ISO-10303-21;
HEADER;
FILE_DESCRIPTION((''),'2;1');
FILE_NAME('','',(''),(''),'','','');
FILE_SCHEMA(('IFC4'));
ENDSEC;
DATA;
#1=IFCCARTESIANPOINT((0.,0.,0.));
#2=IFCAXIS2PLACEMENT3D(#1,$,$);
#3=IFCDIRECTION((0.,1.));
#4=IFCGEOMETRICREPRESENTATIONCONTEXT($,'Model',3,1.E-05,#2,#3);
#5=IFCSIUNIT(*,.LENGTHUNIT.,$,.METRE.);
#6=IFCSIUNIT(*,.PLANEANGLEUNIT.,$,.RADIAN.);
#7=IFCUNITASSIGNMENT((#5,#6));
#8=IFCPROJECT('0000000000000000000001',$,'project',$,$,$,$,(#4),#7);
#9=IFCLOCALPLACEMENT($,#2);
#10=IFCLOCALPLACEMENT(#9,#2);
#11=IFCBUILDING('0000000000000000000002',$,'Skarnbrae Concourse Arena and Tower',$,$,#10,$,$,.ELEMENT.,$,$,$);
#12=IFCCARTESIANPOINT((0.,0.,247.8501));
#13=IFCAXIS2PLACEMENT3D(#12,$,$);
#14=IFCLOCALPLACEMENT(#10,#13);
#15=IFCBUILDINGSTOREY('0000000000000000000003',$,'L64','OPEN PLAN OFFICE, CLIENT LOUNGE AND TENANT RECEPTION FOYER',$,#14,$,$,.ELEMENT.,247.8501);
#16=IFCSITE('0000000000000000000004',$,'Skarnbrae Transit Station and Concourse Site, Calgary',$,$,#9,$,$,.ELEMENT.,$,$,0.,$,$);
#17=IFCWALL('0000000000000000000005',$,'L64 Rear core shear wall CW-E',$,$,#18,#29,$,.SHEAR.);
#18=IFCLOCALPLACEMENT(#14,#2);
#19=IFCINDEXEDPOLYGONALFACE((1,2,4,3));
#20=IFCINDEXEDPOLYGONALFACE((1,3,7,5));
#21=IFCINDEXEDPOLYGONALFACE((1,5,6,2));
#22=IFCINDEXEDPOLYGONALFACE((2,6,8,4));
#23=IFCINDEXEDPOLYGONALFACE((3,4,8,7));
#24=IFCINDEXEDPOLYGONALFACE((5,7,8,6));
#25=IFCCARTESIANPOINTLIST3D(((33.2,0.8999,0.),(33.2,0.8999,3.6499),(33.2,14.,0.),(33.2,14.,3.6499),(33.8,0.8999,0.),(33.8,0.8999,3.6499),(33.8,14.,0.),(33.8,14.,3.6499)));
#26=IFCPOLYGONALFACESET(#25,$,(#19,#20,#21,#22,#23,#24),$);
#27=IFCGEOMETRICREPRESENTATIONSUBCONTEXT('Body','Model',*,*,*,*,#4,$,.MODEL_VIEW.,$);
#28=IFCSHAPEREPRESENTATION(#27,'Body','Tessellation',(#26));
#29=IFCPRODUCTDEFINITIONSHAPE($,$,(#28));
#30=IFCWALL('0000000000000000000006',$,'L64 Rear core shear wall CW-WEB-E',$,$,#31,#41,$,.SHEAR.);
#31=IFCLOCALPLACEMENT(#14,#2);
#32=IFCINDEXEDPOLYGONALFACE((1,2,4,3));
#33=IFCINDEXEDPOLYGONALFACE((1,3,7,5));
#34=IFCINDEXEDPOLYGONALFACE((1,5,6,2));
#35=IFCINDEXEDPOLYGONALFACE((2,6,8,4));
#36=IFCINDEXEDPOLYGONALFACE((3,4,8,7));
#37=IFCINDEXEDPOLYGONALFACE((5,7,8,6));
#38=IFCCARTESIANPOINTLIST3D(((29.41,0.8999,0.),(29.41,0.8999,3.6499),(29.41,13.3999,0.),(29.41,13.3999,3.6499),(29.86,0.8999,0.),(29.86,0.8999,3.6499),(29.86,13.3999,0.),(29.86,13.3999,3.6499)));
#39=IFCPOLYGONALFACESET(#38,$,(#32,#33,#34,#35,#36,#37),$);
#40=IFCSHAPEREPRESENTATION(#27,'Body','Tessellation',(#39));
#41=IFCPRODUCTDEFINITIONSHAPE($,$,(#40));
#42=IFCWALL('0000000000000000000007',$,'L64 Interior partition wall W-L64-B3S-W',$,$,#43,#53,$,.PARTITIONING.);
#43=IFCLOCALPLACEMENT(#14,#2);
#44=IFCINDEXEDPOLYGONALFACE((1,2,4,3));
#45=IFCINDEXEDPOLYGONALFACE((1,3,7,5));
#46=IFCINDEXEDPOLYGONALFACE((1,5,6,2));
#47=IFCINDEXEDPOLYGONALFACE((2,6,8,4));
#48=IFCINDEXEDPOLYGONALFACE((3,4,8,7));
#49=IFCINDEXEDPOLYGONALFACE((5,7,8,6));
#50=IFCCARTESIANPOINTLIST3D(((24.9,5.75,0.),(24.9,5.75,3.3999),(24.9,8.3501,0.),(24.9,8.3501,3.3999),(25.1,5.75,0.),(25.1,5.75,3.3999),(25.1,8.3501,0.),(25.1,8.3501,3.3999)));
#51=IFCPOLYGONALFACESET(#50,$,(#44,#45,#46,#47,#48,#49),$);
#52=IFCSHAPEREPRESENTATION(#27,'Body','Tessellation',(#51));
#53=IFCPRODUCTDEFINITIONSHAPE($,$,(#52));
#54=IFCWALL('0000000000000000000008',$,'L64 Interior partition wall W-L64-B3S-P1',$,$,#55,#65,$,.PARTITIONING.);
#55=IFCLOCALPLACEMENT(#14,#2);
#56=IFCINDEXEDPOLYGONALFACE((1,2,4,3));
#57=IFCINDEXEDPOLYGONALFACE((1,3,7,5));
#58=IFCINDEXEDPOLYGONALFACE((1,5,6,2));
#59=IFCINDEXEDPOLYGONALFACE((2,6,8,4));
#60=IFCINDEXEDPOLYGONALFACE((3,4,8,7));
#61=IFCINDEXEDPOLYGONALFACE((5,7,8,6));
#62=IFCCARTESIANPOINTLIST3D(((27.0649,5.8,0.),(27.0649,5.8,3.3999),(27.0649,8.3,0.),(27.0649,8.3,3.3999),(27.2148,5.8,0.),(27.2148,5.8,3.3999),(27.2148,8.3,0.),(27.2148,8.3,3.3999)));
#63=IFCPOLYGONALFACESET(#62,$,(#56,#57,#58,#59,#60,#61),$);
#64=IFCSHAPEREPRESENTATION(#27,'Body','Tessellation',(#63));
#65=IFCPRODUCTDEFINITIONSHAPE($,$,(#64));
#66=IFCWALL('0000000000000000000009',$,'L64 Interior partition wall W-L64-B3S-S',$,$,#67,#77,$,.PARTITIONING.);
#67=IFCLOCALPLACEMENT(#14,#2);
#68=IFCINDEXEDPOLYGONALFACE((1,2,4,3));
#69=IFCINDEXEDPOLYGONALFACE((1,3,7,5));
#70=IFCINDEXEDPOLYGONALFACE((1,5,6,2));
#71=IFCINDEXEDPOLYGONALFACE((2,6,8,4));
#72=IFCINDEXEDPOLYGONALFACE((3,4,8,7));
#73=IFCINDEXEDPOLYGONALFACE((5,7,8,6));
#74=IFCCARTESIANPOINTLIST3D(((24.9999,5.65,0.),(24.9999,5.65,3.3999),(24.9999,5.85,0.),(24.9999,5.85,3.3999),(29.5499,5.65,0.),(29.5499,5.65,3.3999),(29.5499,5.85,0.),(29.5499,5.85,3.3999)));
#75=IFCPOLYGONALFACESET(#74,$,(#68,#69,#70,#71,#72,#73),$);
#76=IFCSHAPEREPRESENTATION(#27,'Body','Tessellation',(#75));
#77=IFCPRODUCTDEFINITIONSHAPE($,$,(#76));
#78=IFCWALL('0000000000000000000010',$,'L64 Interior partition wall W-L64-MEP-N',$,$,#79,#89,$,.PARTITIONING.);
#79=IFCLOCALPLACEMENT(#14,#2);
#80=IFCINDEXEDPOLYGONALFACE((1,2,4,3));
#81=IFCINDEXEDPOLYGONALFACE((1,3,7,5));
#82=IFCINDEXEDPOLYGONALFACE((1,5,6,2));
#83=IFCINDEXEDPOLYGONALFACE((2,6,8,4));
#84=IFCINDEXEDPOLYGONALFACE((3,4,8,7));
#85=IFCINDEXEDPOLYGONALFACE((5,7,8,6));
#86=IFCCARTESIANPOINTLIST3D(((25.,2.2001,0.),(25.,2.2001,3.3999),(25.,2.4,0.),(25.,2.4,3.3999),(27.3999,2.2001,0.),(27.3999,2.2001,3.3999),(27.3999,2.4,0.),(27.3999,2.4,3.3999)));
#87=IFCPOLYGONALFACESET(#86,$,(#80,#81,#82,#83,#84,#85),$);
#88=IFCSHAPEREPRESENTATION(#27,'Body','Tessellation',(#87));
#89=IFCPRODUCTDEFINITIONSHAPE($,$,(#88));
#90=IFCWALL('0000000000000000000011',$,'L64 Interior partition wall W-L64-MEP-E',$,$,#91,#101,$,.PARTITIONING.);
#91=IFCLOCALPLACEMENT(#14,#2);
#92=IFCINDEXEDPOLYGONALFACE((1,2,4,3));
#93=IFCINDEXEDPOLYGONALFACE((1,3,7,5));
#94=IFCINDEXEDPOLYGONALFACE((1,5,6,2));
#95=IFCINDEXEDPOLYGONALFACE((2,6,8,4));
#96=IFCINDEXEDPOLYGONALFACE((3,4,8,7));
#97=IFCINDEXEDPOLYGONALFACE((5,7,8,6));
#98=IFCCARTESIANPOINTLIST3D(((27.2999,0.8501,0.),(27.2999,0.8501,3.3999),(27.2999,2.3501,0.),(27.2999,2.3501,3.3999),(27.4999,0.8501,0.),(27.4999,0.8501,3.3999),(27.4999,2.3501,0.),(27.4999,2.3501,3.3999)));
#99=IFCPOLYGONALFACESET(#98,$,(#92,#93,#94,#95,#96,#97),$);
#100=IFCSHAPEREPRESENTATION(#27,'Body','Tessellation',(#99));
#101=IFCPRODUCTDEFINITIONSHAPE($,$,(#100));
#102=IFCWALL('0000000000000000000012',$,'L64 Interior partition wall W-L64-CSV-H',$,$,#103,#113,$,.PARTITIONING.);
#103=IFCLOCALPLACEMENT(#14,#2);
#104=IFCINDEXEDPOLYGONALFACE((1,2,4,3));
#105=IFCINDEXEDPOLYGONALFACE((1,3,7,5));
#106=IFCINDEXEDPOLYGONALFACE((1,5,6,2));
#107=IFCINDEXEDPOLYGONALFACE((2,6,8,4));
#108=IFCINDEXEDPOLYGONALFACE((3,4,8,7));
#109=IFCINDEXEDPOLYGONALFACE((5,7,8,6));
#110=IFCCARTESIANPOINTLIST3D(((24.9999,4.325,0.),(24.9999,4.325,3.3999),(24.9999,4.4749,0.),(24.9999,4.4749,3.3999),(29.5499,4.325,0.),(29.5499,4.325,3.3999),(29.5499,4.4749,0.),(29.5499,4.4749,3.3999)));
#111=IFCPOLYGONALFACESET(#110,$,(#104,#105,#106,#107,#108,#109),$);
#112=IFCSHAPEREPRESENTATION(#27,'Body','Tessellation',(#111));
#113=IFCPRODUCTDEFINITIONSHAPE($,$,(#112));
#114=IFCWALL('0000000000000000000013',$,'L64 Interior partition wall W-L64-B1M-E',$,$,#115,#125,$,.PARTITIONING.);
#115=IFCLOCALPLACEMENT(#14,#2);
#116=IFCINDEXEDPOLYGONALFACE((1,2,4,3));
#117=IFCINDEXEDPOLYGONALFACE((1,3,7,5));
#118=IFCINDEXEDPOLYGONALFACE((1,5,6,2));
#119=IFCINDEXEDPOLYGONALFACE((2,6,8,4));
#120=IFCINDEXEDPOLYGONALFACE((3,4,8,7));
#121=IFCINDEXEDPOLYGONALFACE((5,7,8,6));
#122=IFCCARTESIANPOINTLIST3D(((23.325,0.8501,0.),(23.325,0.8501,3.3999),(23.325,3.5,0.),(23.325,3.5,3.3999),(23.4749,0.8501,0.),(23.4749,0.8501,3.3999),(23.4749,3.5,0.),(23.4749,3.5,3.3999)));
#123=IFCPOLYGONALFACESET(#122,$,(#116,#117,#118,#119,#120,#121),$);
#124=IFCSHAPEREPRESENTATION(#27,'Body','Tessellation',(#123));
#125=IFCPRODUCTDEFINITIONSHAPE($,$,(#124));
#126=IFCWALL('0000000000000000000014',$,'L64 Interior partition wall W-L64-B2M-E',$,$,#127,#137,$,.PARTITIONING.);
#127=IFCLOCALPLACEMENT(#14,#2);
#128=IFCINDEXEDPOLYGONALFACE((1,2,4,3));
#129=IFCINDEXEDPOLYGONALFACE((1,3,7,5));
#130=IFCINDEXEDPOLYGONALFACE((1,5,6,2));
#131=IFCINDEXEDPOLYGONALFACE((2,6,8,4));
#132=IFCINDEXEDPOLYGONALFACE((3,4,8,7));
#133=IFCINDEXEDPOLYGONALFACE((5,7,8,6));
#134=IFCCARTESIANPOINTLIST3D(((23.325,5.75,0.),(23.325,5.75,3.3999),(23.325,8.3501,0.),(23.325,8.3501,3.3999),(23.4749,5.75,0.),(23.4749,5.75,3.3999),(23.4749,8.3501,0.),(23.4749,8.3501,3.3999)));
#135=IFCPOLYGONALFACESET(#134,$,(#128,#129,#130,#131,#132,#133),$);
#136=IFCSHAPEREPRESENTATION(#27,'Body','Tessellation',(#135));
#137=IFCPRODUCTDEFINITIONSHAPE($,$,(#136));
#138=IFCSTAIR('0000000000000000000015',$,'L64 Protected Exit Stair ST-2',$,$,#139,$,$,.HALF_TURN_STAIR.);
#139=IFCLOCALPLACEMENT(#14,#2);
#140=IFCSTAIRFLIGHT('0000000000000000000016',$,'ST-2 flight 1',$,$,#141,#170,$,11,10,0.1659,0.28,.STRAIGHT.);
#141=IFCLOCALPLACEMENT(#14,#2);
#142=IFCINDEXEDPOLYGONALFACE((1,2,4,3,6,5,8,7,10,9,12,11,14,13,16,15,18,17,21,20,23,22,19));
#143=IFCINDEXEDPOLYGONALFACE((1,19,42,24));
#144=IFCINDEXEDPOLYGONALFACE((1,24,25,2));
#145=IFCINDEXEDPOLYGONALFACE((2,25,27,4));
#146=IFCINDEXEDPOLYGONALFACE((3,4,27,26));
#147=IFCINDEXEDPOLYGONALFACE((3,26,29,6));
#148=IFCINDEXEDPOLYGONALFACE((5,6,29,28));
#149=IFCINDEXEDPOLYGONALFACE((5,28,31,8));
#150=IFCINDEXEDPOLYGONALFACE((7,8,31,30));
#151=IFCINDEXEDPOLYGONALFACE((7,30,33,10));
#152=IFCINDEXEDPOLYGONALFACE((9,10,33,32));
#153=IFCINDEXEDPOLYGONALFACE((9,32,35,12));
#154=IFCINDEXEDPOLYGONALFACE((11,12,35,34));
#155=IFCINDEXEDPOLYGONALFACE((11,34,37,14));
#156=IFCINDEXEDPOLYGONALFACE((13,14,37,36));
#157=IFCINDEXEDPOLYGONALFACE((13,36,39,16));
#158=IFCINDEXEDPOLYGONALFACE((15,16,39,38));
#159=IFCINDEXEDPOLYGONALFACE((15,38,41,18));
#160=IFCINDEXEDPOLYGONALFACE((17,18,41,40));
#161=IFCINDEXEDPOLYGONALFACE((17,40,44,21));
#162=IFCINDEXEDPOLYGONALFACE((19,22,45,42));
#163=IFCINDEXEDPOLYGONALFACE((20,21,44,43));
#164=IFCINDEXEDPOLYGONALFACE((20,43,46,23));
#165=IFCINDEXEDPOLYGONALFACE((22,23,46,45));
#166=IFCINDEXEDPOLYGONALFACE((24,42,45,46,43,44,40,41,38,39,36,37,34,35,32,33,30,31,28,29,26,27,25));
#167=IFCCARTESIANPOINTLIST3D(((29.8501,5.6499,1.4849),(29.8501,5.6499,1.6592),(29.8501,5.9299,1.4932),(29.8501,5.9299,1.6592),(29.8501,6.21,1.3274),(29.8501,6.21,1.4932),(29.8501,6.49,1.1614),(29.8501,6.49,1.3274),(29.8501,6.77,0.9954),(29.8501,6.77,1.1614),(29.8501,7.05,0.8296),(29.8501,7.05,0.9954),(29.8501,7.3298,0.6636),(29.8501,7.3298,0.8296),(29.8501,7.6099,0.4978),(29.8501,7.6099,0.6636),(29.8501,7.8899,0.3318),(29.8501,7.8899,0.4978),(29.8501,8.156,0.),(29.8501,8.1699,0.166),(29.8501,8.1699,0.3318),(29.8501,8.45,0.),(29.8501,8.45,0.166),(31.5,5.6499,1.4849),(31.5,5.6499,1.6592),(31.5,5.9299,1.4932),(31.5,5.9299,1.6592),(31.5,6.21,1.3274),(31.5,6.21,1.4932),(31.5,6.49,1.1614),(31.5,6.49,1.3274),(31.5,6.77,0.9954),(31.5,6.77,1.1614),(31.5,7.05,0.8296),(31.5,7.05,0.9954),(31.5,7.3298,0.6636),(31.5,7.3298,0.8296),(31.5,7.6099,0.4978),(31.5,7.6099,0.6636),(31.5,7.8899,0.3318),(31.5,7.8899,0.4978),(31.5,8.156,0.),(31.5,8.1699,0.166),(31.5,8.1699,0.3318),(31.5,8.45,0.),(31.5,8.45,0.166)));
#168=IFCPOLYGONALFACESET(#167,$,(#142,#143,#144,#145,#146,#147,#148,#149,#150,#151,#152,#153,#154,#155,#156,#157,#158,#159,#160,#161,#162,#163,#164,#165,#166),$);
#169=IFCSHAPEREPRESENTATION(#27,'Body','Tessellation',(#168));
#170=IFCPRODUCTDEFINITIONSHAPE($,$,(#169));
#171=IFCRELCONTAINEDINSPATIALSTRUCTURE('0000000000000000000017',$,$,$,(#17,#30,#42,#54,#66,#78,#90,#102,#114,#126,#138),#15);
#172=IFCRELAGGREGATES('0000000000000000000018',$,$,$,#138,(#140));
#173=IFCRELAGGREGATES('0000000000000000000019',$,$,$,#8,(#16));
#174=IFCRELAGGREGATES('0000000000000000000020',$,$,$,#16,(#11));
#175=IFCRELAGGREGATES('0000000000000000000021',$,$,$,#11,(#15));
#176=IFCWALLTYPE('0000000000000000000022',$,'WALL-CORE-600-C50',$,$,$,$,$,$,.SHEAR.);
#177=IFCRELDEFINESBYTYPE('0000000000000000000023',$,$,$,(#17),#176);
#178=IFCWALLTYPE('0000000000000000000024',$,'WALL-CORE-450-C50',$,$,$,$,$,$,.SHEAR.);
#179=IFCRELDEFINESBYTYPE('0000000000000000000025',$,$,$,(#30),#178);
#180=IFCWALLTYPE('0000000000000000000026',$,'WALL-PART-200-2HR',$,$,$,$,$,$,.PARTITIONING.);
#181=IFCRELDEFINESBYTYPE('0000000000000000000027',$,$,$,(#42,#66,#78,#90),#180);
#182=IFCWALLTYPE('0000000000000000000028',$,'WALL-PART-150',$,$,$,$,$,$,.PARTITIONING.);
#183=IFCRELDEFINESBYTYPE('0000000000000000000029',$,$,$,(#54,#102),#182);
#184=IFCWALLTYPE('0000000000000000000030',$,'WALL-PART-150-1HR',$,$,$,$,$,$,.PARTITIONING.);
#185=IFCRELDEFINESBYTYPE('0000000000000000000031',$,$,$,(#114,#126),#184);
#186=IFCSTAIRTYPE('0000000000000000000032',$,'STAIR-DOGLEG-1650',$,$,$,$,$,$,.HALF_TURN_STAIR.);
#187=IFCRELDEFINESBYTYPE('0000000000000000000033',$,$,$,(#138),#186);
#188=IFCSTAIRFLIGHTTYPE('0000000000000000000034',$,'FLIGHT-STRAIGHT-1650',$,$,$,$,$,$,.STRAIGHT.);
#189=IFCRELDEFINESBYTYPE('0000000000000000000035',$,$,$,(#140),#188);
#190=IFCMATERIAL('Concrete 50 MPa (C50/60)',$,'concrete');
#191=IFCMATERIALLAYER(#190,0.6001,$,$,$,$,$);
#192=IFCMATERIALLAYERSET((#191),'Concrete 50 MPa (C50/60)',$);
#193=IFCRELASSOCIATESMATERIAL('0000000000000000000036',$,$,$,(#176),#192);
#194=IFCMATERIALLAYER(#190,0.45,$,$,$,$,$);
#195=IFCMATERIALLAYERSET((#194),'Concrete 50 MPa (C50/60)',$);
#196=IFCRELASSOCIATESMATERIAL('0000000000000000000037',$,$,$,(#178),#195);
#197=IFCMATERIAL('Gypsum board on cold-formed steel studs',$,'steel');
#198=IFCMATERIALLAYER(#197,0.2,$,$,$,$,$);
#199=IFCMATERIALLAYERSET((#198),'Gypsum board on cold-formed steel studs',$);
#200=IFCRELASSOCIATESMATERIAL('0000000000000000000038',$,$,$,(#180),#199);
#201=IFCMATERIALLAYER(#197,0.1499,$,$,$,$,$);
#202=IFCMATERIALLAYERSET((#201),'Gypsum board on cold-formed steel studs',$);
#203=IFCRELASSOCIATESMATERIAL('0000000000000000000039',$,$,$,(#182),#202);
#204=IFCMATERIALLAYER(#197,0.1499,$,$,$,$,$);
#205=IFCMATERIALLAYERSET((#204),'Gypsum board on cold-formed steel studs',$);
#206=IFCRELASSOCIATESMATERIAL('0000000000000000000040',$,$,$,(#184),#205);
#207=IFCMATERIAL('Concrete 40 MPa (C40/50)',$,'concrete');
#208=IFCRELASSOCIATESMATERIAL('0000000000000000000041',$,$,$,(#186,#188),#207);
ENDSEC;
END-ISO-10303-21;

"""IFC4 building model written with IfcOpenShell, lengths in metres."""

from ifc_helpers import new_model, si_unit, direction, frame, frame_2d, origin, place, context, subcontext, project, spatial, polyline, rectangle, outline, extrude, source, transform, mapped, material, layer, layer_set, type_object, element, aggregate, save


model = new_model("IFC4")

# Units and contexts
model_context = context("Model", 3, precision=1e-05, world=origin(), true_north=direction((0.0, 1.0)))
body_context = subcontext(model_context, "Body", "Model", "MODEL_VIEW")
ifc_project = project(units=[si_unit("LENGTHUNIT", "METRE"), si_unit("PLANEANGLEUNIT", "RADIAN")], contexts=[model_context])

# Site, building, storey
site_placement = place(None, origin())
site = spatial("IfcSite", under=ifc_project, at=site_placement, Name="Skarnbrae Transit Station and Concourse Site, Calgary", CompositionType="ELEMENT", RefElevation=0.0)
building_placement = place(site_placement, origin())
building = spatial("IfcBuilding", under=site, at=building_placement, Name="Skarnbrae Concourse Arena and Tower", CompositionType="ELEMENT")
storey_placement = place(building_placement, frame((0.0, 0.0, 247.8501)))
storey = spatial("IfcBuildingStorey", under=building, at=storey_placement, Name="L64", Description="OPEN PLAN OFFICE, CLIENT LOUNGE AND TENANT RECEPTION FOYER", CompositionType="ELEMENT", Elevation=247.8501)

# Walls
ifc_material_1 = material(Name="Concrete 50 MPa (C50/60)", Category="concrete")
ifc_layer_1 = layer(ifc_material_1, 0.6001)
ifc_layer_set_1 = layer_set([ifc_layer_1], Name="Concrete 50 MPa (C50/60)")
wall_type_1 = type_object("IfcWallType", Name="WALL-CORE-600-C50", PredefinedType="SHEAR", material=ifc_layer_set_1)
shared_shape_1 = source(origin(), body_context, "Body", "SweptSolid", [
    extrude(rectangle(XDim=13.1001, YDim=0.6001, at=frame_2d((6.55, 0.0))), origin(), (0.0, 0.0, 1.0), 3.6499),
])
wall_1_placement = place(storey_placement, frame((33.5, 0.8999, 0.0), z_axis=(0.0, 0.0, 1.0), x_axis=(0.0, 1.0, 0.0)))
element("IfcWall", 1, at=wall_1_placement, inside=storey, type_object=wall_type_1, Name="L64 Rear core shear wall CW-E", PredefinedType="SHEAR", context=body_context, shape_type="MappedRepresentation", body=[
    mapped(shared_shape_1, transform((0.0, 0.0, 0.0))),
])
ifc_layer_2 = layer(ifc_material_1, 0.45)
ifc_layer_set_2 = layer_set([ifc_layer_2], Name="Concrete 50 MPa (C50/60)")
wall_type_2 = type_object("IfcWallType", Name="WALL-CORE-450-C50", PredefinedType="SHEAR", material=ifc_layer_set_2)
shared_shape_2 = source(origin(), body_context, "Body", "SweptSolid", [
    extrude(rectangle(XDim=12.5, YDim=0.45, at=frame_2d((6.25, 0.0))), origin(), (0.0, 0.0, 1.0), 3.6499),
])
wall_2_placement = place(storey_placement, frame((29.635, 0.8999, 0.0), z_axis=(0.0, 0.0, 1.0), x_axis=(0.0, 1.0, 0.0)))
element("IfcWall", 2, at=wall_2_placement, inside=storey, type_object=wall_type_2, Name="L64 Rear core shear wall CW-WEB-E", PredefinedType="SHEAR", context=body_context, shape_type="MappedRepresentation", body=[
    mapped(shared_shape_2, transform((0.0, 0.0, 0.0))),
])
ifc_material_2 = material(Name="Gypsum board on cold-formed steel studs", Category="steel")
ifc_layer_3 = layer(ifc_material_2, 0.2)
ifc_layer_set_3 = layer_set([ifc_layer_3], Name="Gypsum board on cold-formed steel studs")
wall_type_3 = type_object("IfcWallType", Name="WALL-PART-200-2HR", PredefinedType="PARTITIONING", material=ifc_layer_set_3)
shared_shape_3 = source(origin(), body_context, "Body", "SweptSolid", [
    extrude(rectangle(XDim=2.6001, YDim=0.2, at=frame_2d((1.3, 0.0))), origin(), (0.0, 0.0, 1.0), 3.3999),
])
wall_3_placement = place(storey_placement, frame((25.0, 5.75, 0.0), z_axis=(0.0, 0.0, 1.0), x_axis=(0.0, 1.0, 0.0)))
element("IfcWall", 3, at=wall_3_placement, inside=storey, type_object=wall_type_3, Name="L64 Interior partition wall W-L64-B3S-W", PredefinedType="PARTITIONING", context=body_context, shape_type="MappedRepresentation", body=[
    mapped(shared_shape_3, transform((0.0, 0.0, 0.0))),
])
ifc_layer_4 = layer(ifc_material_2, 0.1499)
ifc_layer_set_4 = layer_set([ifc_layer_4], Name="Gypsum board on cold-formed steel studs")
wall_type_4 = type_object("IfcWallType", Name="WALL-PART-150", PredefinedType="PARTITIONING", material=ifc_layer_set_4)
shared_shape_4 = source(origin(), body_context, "Body", "SweptSolid", [
    extrude(rectangle(XDim=2.5, YDim=0.1499, at=frame_2d((1.25, 0.0))), origin(), (0.0, 0.0, 1.0), 3.3999),
])
wall_4_placement = place(storey_placement, frame((27.1399, 5.8, 0.0), z_axis=(0.0, 0.0, 1.0), x_axis=(0.0, 1.0, 0.0)))
element("IfcWall", 4, at=wall_4_placement, inside=storey, type_object=wall_type_4, Name="L64 Interior partition wall W-L64-B3S-P1", PredefinedType="PARTITIONING", context=body_context, shape_type="MappedRepresentation", body=[
    mapped(shared_shape_4, transform((0.0, 0.0, 0.0))),
])

# Shared definitions
shared_shape_5 = source(origin(), body_context, "Body", "SweptSolid", [
    extrude(rectangle(XDim=4.55, YDim=0.2, at=frame_2d((2.2749, 0.0))), origin(), (0.0, 0.0, 1.0), 3.3999),
])

# Wall
wall_5_placement = place(storey_placement, frame((25.0, 5.75, 0.0), z_axis=(0.0, 0.0, 1.0), x_axis=(1.0, 0.0, 0.0)))
element("IfcWall", 5, at=wall_5_placement, inside=storey, type_object=wall_type_3, Name="L64 Interior partition wall W-L64-B3S-S", PredefinedType="PARTITIONING", context=body_context, shape_type="MappedRepresentation", body=[
    mapped(shared_shape_5, transform((0.0, 0.0, 0.0))),
])

# Shared definitions
ifc_layer_5 = layer(ifc_material_2, 0.1499)
ifc_layer_set_5 = layer_set([ifc_layer_5], Name="Gypsum board on cold-formed steel studs")
wall_type_5 = type_object("IfcWallType", Name="WALL-PART-150-1HR", PredefinedType="PARTITIONING", material=ifc_layer_set_5)

# Walls
shared_shape_6 = source(origin(), body_context, "Body", "SweptSolid", [
    extrude(rectangle(XDim=2.3999, YDim=0.2, at=frame_2d((1.2, 0.0))), origin(), (0.0, 0.0, 1.0), 3.3999),
])
wall_6_placement = place(storey_placement, frame((25.0, 2.3, 0.0), z_axis=(0.0, 0.0, 1.0), x_axis=(1.0, 0.0, 0.0)))
element("IfcWall", 6, at=wall_6_placement, inside=storey, type_object=wall_type_3, Name="L64 Interior partition wall W-L64-MEP-N", PredefinedType="PARTITIONING", context=body_context, shape_type="MappedRepresentation", body=[
    mapped(shared_shape_6, transform((0.0, 0.0, 0.0))),
])
shared_shape_7 = source(origin(), body_context, "Body", "SweptSolid", [
    extrude(rectangle(XDim=1.5, YDim=0.2, at=frame_2d((0.75, 0.0))), origin(), (0.0, 0.0, 1.0), 3.3999),
])
wall_7_placement = place(storey_placement, frame((27.3999, 0.8501, 0.0), z_axis=(0.0, 0.0, 1.0), x_axis=(0.0, 1.0, 0.0)))
element("IfcWall", 7, at=wall_7_placement, inside=storey, type_object=wall_type_3, Name="L64 Interior partition wall W-L64-MEP-E", PredefinedType="PARTITIONING", context=body_context, shape_type="MappedRepresentation", body=[
    mapped(shared_shape_7, transform((0.0, 0.0, 0.0))),
])
shared_shape_8 = source(origin(), body_context, "Body", "SweptSolid", [
    extrude(rectangle(XDim=4.55, YDim=0.1499, at=frame_2d((2.2749, 0.0))), origin(), (0.0, 0.0, 1.0), 3.3999),
])
wall_8_placement = place(storey_placement, frame((25.0, 4.3999, 0.0), z_axis=(0.0, 0.0, 1.0), x_axis=(1.0, 0.0, 0.0)))
element("IfcWall", 8, at=wall_8_placement, inside=storey, type_object=wall_type_4, Name="L64 Interior partition wall W-L64-CSV-H", PredefinedType="PARTITIONING", context=body_context, shape_type="MappedRepresentation", body=[
    mapped(shared_shape_8, transform((0.0, 0.0, 0.0))),
])
shared_shape_9 = source(origin(), body_context, "Body", "SweptSolid", [
    extrude(rectangle(XDim=2.6499, YDim=0.1499, at=frame_2d((1.325, 0.0))), origin(), (0.0, 0.0, 1.0), 3.3999),
])
wall_9_placement = place(storey_placement, frame((23.3999, 0.8501, 0.0), z_axis=(0.0, 0.0, 1.0), x_axis=(0.0, 1.0, 0.0)))
element("IfcWall", 9, at=wall_9_placement, inside=storey, type_object=wall_type_5, Name="L64 Interior partition wall W-L64-B1M-E", PredefinedType="PARTITIONING", context=body_context, shape_type="MappedRepresentation", body=[
    mapped(shared_shape_9, transform((0.0, 0.0, 0.0))),
])
shared_shape_10 = source(origin(), body_context, "Body", "SweptSolid", [
    extrude(rectangle(XDim=2.6001, YDim=0.1499, at=frame_2d((1.3, 0.0))), origin(), (0.0, 0.0, 1.0), 3.3999),
])
wall_10_placement = place(storey_placement, frame((23.3999, 5.75, 0.0), z_axis=(0.0, 0.0, 1.0), x_axis=(0.0, 1.0, 0.0)))
element("IfcWall", 10, at=wall_10_placement, inside=storey, type_object=wall_type_5, Name="L64 Interior partition wall W-L64-B2M-E", PredefinedType="PARTITIONING", context=body_context, shape_type="MappedRepresentation", body=[
    mapped(shared_shape_10, transform((0.0, 0.0, 0.0))),
])

# Stair, stair flight
ifc_material_3 = material(Name="Concrete 40 MPa (C40/50)", Category="concrete")
stair_type = type_object("IfcStairType", Name="STAIR-DOGLEG-1650", PredefinedType="HALF_TURN_STAIR", material=ifc_material_3)
stair_placement = place(storey_placement, origin())
stair = element("IfcStair", 11, at=stair_placement, inside=storey, type_object=stair_type, Name="L64 Protected Exit Stair ST-2", PredefinedType="HALF_TURN_STAIR")
stair_flight_type = type_object("IfcStairFlightType", Name="FLIGHT-STRAIGHT-1650", PredefinedType="STRAIGHT", material=ifc_material_3)
shared_shape_11 = source(origin(), body_context, "Body", "SweptSolid", [
    extrude(outline(polyline([(0.0, 0.0), (0.0, 0.166), (0.28, 0.166), (0.28, 0.3318), (0.5601, 0.3318), (0.5601, 0.4978), (0.8401, 0.4978), (0.8401, 0.6636), (1.1201, 0.6636), (1.1201, 0.8296), (1.3999, 0.8296), (1.3999, 0.9954), (1.6799, 0.9954), (1.6799, 1.1614), (1.96, 1.1614), (1.96, 1.3274), (2.24, 1.3274), (2.24, 1.4932), (2.52, 1.4932), (2.52, 1.6592), (2.8, 1.6592), (2.8, 1.825), (2.8, 1.4849), (0.2939, 0.0), (0.0, 0.0)])), frame((0.0, 0.825, 0.0), z_axis=(0.0, -1.0, 0.0), x_axis=(1.0, 0.0, 0.0)), (0.0, 0.0, 1.0), 1.6499),
])
stair_flight_1_placement = place(storey_placement, frame((30.675, 8.45, 0.0), z_axis=(0.0, 0.0, 1.0), x_axis=(0.0, -1.0, 0.0)))
stair_flight_1 = element("IfcStairFlight", 12, at=stair_flight_1_placement, type_object=stair_flight_type, Name="ST-2 flight 1", NumberOfRisers=11, NumberOfTreads=10, PredefinedType="STRAIGHT", RiserHeight=0.1659, TreadLength=0.28, context=body_context, shape_type="MappedRepresentation", body=[
    mapped(shared_shape_11, transform((0.0, 0.0, 0.0))),
])
aggregate(stair, [stair_flight_1])

save(model, "model.ifc")
